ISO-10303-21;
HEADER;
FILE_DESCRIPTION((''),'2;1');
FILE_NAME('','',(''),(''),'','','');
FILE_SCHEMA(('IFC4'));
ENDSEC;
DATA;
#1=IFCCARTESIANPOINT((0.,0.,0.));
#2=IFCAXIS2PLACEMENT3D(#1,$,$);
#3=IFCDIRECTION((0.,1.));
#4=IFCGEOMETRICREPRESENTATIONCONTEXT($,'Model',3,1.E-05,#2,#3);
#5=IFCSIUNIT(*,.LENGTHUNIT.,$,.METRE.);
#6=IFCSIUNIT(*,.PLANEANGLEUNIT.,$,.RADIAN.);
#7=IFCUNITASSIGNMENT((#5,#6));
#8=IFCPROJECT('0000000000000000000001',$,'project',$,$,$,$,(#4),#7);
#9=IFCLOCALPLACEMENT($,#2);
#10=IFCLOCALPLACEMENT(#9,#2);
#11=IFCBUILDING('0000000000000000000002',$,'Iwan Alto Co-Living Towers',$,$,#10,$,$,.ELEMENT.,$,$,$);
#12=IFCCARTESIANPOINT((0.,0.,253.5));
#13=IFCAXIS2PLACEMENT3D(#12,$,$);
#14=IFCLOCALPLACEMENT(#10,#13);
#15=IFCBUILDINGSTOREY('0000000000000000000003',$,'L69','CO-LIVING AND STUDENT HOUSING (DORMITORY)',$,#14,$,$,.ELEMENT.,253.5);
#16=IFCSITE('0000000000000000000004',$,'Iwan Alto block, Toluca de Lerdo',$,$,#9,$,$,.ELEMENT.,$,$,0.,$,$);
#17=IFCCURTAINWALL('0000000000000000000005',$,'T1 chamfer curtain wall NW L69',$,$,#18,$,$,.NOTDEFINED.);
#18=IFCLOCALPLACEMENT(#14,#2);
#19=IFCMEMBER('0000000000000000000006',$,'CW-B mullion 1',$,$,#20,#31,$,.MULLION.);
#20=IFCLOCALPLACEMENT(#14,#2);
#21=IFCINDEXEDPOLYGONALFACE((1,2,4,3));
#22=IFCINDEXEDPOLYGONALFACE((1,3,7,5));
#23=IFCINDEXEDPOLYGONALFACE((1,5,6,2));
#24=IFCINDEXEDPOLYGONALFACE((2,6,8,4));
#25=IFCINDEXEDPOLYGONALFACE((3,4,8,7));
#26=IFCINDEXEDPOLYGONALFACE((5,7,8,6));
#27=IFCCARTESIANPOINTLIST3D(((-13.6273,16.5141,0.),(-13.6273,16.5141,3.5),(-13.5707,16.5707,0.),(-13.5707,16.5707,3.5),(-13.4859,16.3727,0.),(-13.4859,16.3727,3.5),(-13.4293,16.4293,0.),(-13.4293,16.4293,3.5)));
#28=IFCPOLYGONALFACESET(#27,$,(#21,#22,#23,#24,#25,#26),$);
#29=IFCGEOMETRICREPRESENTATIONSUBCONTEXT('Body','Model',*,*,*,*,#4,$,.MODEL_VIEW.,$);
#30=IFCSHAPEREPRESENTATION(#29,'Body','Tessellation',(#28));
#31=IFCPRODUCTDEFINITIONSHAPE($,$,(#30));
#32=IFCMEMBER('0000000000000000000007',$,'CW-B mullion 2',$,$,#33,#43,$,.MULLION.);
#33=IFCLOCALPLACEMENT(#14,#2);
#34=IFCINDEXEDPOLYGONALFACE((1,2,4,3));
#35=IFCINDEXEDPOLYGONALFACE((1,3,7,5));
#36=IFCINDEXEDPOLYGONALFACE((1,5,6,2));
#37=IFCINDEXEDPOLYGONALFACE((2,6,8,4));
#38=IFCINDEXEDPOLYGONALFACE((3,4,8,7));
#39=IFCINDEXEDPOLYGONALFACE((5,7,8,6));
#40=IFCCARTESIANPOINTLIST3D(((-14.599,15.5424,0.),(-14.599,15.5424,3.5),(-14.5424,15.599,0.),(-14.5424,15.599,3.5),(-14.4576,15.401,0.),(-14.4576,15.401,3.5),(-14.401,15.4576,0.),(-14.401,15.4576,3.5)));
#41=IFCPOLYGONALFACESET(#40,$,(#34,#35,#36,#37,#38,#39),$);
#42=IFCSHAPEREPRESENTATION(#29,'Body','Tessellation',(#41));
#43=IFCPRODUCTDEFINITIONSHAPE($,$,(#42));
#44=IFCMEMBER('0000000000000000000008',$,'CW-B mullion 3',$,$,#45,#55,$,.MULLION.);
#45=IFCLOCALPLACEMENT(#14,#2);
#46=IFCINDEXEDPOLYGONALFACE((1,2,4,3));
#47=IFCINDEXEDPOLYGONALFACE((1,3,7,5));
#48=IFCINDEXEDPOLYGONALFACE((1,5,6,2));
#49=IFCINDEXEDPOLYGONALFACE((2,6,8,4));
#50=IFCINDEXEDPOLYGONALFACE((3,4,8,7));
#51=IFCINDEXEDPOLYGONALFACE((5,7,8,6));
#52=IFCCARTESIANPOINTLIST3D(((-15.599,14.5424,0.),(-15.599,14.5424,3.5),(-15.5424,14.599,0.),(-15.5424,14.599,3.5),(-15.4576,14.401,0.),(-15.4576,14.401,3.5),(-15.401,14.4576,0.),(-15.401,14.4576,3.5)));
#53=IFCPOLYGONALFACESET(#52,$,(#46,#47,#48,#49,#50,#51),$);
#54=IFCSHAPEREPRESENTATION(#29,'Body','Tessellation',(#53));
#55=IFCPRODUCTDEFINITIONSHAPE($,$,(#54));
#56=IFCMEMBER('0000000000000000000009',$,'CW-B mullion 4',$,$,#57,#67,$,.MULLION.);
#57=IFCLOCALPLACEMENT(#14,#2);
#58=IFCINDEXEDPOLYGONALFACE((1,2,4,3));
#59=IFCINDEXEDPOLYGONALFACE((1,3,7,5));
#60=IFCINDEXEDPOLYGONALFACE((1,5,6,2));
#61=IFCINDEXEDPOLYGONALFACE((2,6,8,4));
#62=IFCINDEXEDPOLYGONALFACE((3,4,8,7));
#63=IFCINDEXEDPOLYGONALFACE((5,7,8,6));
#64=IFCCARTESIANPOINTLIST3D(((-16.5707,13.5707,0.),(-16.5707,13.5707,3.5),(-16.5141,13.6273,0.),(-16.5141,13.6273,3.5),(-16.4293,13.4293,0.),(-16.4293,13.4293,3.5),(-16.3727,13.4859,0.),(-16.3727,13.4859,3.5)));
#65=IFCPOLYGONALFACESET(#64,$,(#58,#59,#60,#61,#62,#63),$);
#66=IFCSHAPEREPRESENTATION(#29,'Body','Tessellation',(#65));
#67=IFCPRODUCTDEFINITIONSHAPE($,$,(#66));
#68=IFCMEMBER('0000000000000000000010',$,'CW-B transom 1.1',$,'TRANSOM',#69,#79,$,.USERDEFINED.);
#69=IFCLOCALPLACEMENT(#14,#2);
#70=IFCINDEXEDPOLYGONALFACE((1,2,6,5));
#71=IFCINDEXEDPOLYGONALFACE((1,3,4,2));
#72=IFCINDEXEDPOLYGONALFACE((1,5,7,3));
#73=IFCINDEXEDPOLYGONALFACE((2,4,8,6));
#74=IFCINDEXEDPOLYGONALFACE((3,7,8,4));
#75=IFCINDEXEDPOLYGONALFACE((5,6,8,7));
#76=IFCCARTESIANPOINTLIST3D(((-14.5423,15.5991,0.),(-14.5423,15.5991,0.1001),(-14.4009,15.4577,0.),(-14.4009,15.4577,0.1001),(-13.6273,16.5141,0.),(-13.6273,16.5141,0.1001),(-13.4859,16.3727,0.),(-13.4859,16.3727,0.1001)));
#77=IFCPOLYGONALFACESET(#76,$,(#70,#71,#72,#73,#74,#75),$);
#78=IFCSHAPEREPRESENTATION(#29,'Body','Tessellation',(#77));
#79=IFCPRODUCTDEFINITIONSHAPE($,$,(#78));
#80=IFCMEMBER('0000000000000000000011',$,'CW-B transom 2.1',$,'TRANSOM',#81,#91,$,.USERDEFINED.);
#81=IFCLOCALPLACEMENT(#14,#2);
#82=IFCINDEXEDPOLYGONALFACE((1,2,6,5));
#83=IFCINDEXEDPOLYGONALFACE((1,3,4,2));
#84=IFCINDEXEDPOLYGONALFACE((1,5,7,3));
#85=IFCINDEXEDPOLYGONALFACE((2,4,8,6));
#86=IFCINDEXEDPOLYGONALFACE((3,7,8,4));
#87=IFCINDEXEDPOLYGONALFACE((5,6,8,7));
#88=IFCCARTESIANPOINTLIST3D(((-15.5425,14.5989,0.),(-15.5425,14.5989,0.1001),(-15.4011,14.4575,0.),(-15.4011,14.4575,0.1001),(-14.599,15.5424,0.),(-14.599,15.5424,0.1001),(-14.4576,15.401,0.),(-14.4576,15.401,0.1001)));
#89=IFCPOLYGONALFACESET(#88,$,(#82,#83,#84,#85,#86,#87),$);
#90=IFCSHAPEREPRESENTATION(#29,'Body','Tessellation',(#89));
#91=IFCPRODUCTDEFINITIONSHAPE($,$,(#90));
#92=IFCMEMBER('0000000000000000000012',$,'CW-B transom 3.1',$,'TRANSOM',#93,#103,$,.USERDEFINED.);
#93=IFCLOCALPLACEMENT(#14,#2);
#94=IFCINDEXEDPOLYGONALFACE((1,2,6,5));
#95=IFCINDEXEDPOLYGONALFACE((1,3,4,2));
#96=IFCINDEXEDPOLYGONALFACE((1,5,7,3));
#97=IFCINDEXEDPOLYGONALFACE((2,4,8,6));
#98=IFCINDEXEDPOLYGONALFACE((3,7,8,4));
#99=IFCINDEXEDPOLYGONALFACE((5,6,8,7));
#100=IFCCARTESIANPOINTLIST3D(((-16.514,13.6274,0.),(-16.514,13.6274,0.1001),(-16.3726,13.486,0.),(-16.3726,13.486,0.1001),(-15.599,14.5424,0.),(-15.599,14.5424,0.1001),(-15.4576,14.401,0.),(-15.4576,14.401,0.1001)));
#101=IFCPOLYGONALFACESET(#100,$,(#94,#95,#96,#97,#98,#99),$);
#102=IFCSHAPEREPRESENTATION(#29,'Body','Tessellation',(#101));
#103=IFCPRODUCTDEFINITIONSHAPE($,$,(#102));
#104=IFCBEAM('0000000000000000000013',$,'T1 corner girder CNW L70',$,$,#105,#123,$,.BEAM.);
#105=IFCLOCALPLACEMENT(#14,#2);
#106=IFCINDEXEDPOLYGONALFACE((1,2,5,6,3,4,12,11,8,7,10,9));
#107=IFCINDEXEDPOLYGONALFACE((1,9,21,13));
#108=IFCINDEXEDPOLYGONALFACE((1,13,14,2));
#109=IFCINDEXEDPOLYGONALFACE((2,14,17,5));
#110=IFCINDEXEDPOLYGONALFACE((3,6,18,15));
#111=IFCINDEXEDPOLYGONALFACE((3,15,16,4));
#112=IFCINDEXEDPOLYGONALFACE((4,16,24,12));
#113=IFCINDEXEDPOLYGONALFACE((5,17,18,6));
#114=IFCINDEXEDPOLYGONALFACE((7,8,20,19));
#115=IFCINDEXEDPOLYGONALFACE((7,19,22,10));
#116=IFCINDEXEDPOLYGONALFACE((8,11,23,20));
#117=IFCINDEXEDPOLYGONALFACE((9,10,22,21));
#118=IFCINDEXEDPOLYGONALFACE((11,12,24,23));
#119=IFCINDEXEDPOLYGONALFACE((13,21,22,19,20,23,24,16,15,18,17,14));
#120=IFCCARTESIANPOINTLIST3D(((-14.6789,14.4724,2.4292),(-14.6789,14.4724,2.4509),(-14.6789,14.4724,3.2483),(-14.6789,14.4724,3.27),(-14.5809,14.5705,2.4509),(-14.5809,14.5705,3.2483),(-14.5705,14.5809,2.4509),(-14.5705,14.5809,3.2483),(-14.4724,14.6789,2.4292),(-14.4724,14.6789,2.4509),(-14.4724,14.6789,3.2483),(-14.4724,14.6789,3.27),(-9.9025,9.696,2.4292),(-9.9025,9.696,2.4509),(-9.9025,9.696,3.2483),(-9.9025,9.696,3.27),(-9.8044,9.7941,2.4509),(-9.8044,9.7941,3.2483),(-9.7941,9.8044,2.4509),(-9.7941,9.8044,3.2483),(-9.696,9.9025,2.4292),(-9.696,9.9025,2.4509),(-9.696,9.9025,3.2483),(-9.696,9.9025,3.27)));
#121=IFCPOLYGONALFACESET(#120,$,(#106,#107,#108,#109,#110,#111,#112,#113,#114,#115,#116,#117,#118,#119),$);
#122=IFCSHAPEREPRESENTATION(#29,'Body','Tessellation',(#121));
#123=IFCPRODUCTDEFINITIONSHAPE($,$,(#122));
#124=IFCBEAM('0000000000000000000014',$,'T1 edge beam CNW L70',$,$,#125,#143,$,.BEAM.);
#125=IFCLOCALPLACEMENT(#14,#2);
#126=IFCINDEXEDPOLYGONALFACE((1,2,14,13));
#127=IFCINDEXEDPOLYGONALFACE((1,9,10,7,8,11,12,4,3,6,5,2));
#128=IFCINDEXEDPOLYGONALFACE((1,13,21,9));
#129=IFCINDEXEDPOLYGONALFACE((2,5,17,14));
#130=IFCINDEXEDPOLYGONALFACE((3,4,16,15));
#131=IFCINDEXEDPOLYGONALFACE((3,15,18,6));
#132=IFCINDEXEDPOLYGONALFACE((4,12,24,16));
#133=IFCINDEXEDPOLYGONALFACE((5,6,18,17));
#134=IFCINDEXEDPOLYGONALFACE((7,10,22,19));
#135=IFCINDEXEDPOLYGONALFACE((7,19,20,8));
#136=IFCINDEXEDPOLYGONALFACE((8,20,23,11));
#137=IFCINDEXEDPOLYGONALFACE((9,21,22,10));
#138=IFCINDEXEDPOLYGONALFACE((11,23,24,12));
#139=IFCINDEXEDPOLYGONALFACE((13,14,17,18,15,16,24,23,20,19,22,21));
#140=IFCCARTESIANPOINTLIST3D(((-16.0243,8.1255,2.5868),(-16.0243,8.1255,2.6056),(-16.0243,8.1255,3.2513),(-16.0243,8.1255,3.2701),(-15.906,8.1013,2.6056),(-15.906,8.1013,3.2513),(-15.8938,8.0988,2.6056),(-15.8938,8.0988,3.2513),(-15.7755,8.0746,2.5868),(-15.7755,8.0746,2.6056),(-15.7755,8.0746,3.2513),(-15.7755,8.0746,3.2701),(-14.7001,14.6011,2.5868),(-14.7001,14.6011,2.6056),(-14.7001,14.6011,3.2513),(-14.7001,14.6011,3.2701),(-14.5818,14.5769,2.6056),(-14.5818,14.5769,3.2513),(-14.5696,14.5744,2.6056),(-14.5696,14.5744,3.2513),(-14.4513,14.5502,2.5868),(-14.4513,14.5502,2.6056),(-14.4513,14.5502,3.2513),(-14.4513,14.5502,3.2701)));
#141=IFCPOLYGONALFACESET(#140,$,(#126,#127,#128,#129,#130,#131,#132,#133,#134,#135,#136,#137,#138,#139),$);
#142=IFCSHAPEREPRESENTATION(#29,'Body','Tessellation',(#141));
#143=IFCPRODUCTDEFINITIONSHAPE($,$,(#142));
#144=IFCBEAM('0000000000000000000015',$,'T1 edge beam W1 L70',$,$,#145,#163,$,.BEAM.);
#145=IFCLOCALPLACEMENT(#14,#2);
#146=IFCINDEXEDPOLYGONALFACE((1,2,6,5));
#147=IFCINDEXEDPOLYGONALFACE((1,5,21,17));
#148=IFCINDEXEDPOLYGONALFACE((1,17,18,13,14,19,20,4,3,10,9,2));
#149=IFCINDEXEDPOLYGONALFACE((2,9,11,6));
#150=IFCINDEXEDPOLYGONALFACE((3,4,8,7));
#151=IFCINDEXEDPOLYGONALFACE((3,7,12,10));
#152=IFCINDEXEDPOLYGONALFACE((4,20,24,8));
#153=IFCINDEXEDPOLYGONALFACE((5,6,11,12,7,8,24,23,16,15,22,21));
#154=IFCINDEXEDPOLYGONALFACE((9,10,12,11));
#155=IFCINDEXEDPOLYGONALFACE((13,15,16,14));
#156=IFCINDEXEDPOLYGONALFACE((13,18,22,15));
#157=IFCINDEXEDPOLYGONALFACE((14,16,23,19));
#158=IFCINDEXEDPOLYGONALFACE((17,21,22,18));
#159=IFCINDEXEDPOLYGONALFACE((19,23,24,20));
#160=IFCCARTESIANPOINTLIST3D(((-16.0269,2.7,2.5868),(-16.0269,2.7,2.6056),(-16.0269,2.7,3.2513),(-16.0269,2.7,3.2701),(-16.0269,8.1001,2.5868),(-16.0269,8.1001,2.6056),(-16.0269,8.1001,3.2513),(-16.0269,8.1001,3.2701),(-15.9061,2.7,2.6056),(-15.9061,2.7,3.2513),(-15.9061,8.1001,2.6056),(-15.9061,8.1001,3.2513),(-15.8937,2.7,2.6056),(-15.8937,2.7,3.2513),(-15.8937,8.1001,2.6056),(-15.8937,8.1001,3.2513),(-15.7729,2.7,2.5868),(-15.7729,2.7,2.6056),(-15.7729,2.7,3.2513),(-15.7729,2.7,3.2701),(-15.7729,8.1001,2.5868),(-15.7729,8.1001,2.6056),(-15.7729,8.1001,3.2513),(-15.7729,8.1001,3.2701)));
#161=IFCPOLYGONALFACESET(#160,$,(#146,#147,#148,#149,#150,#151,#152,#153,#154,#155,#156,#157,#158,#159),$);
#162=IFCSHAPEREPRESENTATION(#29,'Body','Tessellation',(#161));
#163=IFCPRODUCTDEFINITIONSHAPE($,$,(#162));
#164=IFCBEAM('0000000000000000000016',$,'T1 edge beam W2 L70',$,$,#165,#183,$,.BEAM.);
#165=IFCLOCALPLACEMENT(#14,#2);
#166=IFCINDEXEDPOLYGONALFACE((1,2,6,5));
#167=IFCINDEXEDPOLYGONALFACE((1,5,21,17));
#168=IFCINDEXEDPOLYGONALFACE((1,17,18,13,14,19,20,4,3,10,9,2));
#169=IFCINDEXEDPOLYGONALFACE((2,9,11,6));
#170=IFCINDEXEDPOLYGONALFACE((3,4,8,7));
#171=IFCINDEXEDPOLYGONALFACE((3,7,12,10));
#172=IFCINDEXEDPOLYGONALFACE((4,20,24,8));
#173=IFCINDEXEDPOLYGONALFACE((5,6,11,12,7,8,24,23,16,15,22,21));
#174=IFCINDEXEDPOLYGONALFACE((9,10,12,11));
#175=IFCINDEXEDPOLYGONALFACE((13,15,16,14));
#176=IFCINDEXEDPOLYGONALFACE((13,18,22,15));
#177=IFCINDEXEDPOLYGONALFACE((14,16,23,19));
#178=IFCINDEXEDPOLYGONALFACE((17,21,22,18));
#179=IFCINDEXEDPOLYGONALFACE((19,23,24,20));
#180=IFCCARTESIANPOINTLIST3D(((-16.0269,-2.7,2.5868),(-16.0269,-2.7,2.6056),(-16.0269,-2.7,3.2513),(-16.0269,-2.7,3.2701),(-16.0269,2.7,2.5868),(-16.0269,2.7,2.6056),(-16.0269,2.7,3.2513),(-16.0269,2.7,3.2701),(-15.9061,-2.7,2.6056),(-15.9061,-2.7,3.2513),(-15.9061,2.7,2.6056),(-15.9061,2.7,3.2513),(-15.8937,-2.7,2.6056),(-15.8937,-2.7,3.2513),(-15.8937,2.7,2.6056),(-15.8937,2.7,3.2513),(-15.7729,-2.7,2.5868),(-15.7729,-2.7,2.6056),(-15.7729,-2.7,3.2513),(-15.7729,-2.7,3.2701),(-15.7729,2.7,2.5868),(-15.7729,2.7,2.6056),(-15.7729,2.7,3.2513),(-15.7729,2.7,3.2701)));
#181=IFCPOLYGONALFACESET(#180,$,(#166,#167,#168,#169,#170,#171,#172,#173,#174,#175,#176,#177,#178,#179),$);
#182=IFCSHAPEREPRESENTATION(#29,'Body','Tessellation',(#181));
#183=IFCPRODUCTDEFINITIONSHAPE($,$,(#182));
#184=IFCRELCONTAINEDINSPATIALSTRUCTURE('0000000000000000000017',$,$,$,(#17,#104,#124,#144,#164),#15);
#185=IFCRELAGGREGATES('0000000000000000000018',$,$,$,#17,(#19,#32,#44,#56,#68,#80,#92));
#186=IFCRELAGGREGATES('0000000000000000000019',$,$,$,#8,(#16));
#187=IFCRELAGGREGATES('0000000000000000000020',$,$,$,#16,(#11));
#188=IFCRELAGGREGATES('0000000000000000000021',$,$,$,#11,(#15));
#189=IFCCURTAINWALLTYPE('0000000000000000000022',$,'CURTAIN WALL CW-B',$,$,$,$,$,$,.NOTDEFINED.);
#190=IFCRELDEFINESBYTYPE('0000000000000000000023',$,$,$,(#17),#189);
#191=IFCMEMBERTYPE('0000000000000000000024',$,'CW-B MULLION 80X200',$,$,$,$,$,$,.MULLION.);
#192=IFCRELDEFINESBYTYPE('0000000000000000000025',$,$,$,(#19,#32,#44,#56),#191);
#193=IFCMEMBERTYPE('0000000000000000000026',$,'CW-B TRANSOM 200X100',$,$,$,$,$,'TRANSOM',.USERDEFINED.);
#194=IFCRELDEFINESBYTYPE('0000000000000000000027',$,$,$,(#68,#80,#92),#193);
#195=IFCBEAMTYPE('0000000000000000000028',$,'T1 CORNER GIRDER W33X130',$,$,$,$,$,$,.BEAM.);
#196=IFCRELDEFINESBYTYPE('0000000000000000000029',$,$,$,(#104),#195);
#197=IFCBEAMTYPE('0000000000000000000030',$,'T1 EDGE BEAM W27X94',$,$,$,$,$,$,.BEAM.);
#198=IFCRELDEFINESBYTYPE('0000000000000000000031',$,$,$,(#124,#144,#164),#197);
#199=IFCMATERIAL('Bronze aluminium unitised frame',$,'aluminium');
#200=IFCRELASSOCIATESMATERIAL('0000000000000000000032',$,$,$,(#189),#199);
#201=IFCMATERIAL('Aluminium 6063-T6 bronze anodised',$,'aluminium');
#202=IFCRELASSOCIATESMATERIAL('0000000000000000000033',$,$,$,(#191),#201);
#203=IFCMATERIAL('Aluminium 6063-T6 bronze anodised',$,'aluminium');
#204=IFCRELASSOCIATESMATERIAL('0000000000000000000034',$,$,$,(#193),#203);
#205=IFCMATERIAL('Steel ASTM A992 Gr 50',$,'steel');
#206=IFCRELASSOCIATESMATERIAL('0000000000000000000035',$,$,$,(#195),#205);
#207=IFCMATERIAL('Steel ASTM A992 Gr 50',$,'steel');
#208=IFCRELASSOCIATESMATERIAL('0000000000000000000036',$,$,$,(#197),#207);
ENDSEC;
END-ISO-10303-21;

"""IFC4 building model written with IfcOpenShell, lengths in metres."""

from ifc_helpers import new_model, si_unit, direction, frame, origin, origin_2d, place, context, subcontext, project, spatial, rectangle, i_section, extrude, material, material_profile, profile_set, type_object, element, aggregate, save


model = new_model("IFC4")

# Units and contexts
model_context = context("Model", 3, precision=1e-05, world=origin(), true_north=direction((0.0, 1.0)))
body_context = subcontext(model_context, "Body", "Model", "MODEL_VIEW")
ifc_project = project(units=[si_unit("LENGTHUNIT", "METRE"), si_unit("PLANEANGLEUNIT", "RADIAN")], contexts=[model_context])

# Site, building, storey
site_placement = place(None, origin())
site = spatial("IfcSite", under=ifc_project, at=site_placement, Name="Iwan Alto block, Toluca de Lerdo", CompositionType="ELEMENT", RefElevation=0.0)
building_placement = place(site_placement, origin())
building = spatial("IfcBuilding", under=site, at=building_placement, Name="Iwan Alto Co-Living Towers", CompositionType="ELEMENT")
storey_placement = place(building_placement, frame((0.0, 0.0, 253.5)))
storey = spatial("IfcBuildingStorey", under=building, at=storey_placement, Name="L69", Description="CO-LIVING AND STUDENT HOUSING (DORMITORY)", CompositionType="ELEMENT", Elevation=253.5)

# Curtain wall, members
ifc_material_1 = material(Name="Bronze aluminium unitised frame", Category="aluminium")
curtain_wall_type_1 = type_object("IfcCurtainWallType", Name="CURTAIN WALL CW-B", PredefinedType="NOTDEFINED", material=ifc_material_1)
curtain_wall_1_placement = place(storey_placement, origin())
curtain_wall_1 = element("IfcCurtainWall", 1, at=curtain_wall_1_placement, inside=storey, type_object=curtain_wall_type_1, Name="T1 chamfer curtain wall NW L69", PredefinedType="NOTDEFINED")
ifc_material_2 = material(Name="Aluminium 6063-T6 bronze anodised", Category="aluminium")
ifc_material_profile_1 = material_profile(ifc_material_2, rectangle(XDim=0.2, YDim=0.0801, at=origin_2d()), Name="AL 80X200")
ifc_profile_set_1 = profile_set([ifc_material_profile_1], Name="Aluminium 6063-T6 bronze anodised")
member_type_1 = type_object("IfcMemberType", Name="CW-B MULLION 80X200", PredefinedType="MULLION", material=ifc_profile_set_1)
member_1_placement = place(storey_placement, frame((-13.5283, 16.4717, 0.0), z_axis=(0.0, 0.0, 1.0), x_axis=(0.707107, -0.707107, 0.0)))
member_1 = element("IfcMember", 2, at=member_1_placement, type_object=member_type_1, Name="CW-B mullion 1", PredefinedType="MULLION", context=body_context, shape_type="SweptSolid", body=[
    extrude(rectangle(XDim=0.2, YDim=0.0801, at=origin_2d()), origin(), (0.0, 0.0, 1.0), 3.5),
])
member_2_placement = place(storey_placement, frame((-14.5, 15.5, 0.0), z_axis=(0.0, 0.0, 1.0), x_axis=(0.707107, -0.707107, 0.0)))
member_2 = element("IfcMember", 3, at=member_2_placement, type_object=member_type_1, Name="CW-B mullion 2", PredefinedType="MULLION", context=body_context, shape_type="SweptSolid", body=[
    extrude(rectangle(XDim=0.2, YDim=0.0801, at=origin_2d()), origin(), (0.0, 0.0, 1.0), 3.5),
])
member_3_placement = place(storey_placement, frame((-15.5, 14.5, 0.0), z_axis=(0.0, 0.0, 1.0), x_axis=(0.707107, -0.707107, 0.0)))
member_3 = element("IfcMember", 4, at=member_3_placement, type_object=member_type_1, Name="CW-B mullion 3", PredefinedType="MULLION", context=body_context, shape_type="SweptSolid", body=[
    extrude(rectangle(XDim=0.2, YDim=0.0801, at=origin_2d()), origin(), (0.0, 0.0, 1.0), 3.5),
])
member_4_placement = place(storey_placement, frame((-16.4717, 13.5283, 0.0), z_axis=(0.0, 0.0, 1.0), x_axis=(0.707107, -0.707107, 0.0)))
member_4 = element("IfcMember", 5, at=member_4_placement, type_object=member_type_1, Name="CW-B mullion 4", PredefinedType="MULLION", context=body_context, shape_type="SweptSolid", body=[
    extrude(rectangle(XDim=0.2, YDim=0.0801, at=origin_2d()), origin(), (0.0, 0.0, 1.0), 3.5),
])
ifc_material_3 = material(Name="Aluminium 6063-T6 bronze anodised", Category="aluminium")
ifc_material_profile_2 = material_profile(ifc_material_3, rectangle(XDim=0.2, YDim=0.1001, at=origin_2d()), Name="AL 200X100")
ifc_profile_set_2 = profile_set([ifc_material_profile_2], Name="Aluminium 6063-T6 bronze anodised")
member_type_2 = type_object("IfcMemberType", Name="CW-B TRANSOM 200X100", ElementType="TRANSOM", PredefinedType="USERDEFINED", material=ifc_profile_set_2)
member_5_placement = place(storey_placement, frame((-13.5566, 16.4434, 0.05), z_axis=(-0.707107, -0.707107, 0.0), x_axis=(0.707107, -0.707107, 0.0)))
member_5 = element("IfcMember", 6, at=member_5_placement, type_object=member_type_2, Name="CW-B transom 1.1", ObjectType="TRANSOM", PredefinedType="USERDEFINED", context=body_context, shape_type="SweptSolid", body=[
    extrude(rectangle(XDim=0.2, YDim=0.1001, at=origin_2d()), origin(), (0.0, 0.0, 1.0), 1.2939),
])
member_6_placement = place(storey_placement, frame((-14.5283, 15.4717, 0.05), z_axis=(-0.707107, -0.707107, 0.0), x_axis=(0.707107, -0.707107, 0.0)))
member_6 = element("IfcMember", 7, at=member_6_placement, type_object=member_type_2, Name="CW-B transom 2.1", ObjectType="TRANSOM", PredefinedType="USERDEFINED", context=body_context, shape_type="SweptSolid", body=[
    extrude(rectangle(XDim=0.2, YDim=0.1001, at=origin_2d()), origin(), (0.0, 0.0, 1.0), 1.3342),
])
member_7_placement = place(storey_placement, frame((-15.5283, 14.4717, 0.05), z_axis=(-0.707107, -0.707107, 0.0), x_axis=(0.707107, -0.707107, 0.0)))
member_7 = element("IfcMember", 8, at=member_7_placement, type_object=member_type_2, Name="CW-B transom 3.1", ObjectType="TRANSOM", PredefinedType="USERDEFINED", context=body_context, shape_type="SweptSolid", body=[
    extrude(rectangle(XDim=0.2, YDim=0.1001, at=origin_2d()), origin(), (0.0, 0.0, 1.0), 1.2939),
])

# Beams
ifc_material_4 = material(Name="Steel ASTM A992 Gr 50", Category="steel")
ifc_material_profile_3 = material_profile(ifc_material_4, i_section(OverallWidth=0.292, OverallDepth=0.8408, WebThickness=0.0146, FlangeThickness=0.0217, at=origin_2d()), Name="W33X130")
ifc_profile_set_3 = profile_set([ifc_material_profile_3], Name="Steel ASTM A992 Gr 50")
beam_type_1 = type_object("IfcBeamType", Name="T1 CORNER GIRDER W33X130", PredefinedType="BEAM", material=ifc_profile_set_3)
beam_1_placement = place(storey_placement, frame((-14.5757, 14.5757, 2.8496), z_axis=(0.707107, -0.707107, 0.0), x_axis=(0.707107, 0.707107, 0.0)))
element("IfcBeam", 9, at=beam_1_placement, inside=storey, type_object=beam_type_1, Name="T1 corner girder CNW L70", PredefinedType="BEAM", context=body_context, shape_type="SweptSolid", body=[
    extrude(i_section(OverallWidth=0.292, OverallDepth=0.8408, WebThickness=0.0146, FlangeThickness=0.0217, at=origin_2d()), origin(), (0.0, 0.0, 1.0), 6.7549),
])
ifc_material_5 = material(Name="Steel ASTM A992 Gr 50", Category="steel")
ifc_material_profile_4 = material_profile(ifc_material_5, i_section(OverallWidth=0.2539, OverallDepth=0.6833, WebThickness=0.0125, FlangeThickness=0.0188, at=origin_2d()), Name="W27X94")
ifc_profile_set_4 = profile_set([ifc_material_profile_4], Name="Steel ASTM A992 Gr 50")
beam_type_2 = type_object("IfcBeamType", Name="T1 EDGE BEAM W27X94", PredefinedType="BEAM", material=ifc_profile_set_4)
beam_2_placement = place(storey_placement, frame((-14.5757, 14.5757, 2.9285), z_axis=(-0.200348, -0.979725, 0.0), x_axis=(0.979725, -0.200348, 0.0)))
element("IfcBeam", 10, at=beam_2_placement, inside=storey, type_object=beam_type_2, Name="T1 edge beam CNW L70", PredefinedType="BEAM", context=body_context, shape_type="SweptSolid", body=[
    extrude(i_section(OverallWidth=0.2539, OverallDepth=0.6833, WebThickness=0.0125, FlangeThickness=0.0188, at=origin_2d()), origin(), (0.0, 0.0, 1.0), 6.6096),
])
beam_3_placement = place(storey_placement, frame((-15.8999, 8.1001, 2.9285), z_axis=(0.0, -1.0, 0.0), x_axis=(1.0, 0.0, 0.0)))
element("IfcBeam", 11, at=beam_3_placement, inside=storey, type_object=beam_type_2, Name="T1 edge beam W1 L70", PredefinedType="BEAM", context=body_context, shape_type="SweptSolid", body=[
    extrude(i_section(OverallWidth=0.2539, OverallDepth=0.6833, WebThickness=0.0125, FlangeThickness=0.0188, at=origin_2d()), origin(), (0.0, 0.0, 1.0), 5.4001),
])
beam_4_placement = place(storey_placement, frame((-15.8999, 2.7, 2.9285), z_axis=(0.0, -1.0, 0.0), x_axis=(1.0, 0.0, 0.0)))
element("IfcBeam", 12, at=beam_4_placement, inside=storey, type_object=beam_type_2, Name="T1 edge beam W2 L70", PredefinedType="BEAM", context=body_context, shape_type="SweptSolid", body=[
    extrude(i_section(OverallWidth=0.2539, OverallDepth=0.6833, WebThickness=0.0125, FlangeThickness=0.0188, at=origin_2d()), origin(), (0.0, 0.0, 1.0), 5.3999),
])

aggregate(curtain_wall_1, [member_1, member_2, member_3, member_4, member_5, member_6, member_7])

save(model, "model.ifc")
